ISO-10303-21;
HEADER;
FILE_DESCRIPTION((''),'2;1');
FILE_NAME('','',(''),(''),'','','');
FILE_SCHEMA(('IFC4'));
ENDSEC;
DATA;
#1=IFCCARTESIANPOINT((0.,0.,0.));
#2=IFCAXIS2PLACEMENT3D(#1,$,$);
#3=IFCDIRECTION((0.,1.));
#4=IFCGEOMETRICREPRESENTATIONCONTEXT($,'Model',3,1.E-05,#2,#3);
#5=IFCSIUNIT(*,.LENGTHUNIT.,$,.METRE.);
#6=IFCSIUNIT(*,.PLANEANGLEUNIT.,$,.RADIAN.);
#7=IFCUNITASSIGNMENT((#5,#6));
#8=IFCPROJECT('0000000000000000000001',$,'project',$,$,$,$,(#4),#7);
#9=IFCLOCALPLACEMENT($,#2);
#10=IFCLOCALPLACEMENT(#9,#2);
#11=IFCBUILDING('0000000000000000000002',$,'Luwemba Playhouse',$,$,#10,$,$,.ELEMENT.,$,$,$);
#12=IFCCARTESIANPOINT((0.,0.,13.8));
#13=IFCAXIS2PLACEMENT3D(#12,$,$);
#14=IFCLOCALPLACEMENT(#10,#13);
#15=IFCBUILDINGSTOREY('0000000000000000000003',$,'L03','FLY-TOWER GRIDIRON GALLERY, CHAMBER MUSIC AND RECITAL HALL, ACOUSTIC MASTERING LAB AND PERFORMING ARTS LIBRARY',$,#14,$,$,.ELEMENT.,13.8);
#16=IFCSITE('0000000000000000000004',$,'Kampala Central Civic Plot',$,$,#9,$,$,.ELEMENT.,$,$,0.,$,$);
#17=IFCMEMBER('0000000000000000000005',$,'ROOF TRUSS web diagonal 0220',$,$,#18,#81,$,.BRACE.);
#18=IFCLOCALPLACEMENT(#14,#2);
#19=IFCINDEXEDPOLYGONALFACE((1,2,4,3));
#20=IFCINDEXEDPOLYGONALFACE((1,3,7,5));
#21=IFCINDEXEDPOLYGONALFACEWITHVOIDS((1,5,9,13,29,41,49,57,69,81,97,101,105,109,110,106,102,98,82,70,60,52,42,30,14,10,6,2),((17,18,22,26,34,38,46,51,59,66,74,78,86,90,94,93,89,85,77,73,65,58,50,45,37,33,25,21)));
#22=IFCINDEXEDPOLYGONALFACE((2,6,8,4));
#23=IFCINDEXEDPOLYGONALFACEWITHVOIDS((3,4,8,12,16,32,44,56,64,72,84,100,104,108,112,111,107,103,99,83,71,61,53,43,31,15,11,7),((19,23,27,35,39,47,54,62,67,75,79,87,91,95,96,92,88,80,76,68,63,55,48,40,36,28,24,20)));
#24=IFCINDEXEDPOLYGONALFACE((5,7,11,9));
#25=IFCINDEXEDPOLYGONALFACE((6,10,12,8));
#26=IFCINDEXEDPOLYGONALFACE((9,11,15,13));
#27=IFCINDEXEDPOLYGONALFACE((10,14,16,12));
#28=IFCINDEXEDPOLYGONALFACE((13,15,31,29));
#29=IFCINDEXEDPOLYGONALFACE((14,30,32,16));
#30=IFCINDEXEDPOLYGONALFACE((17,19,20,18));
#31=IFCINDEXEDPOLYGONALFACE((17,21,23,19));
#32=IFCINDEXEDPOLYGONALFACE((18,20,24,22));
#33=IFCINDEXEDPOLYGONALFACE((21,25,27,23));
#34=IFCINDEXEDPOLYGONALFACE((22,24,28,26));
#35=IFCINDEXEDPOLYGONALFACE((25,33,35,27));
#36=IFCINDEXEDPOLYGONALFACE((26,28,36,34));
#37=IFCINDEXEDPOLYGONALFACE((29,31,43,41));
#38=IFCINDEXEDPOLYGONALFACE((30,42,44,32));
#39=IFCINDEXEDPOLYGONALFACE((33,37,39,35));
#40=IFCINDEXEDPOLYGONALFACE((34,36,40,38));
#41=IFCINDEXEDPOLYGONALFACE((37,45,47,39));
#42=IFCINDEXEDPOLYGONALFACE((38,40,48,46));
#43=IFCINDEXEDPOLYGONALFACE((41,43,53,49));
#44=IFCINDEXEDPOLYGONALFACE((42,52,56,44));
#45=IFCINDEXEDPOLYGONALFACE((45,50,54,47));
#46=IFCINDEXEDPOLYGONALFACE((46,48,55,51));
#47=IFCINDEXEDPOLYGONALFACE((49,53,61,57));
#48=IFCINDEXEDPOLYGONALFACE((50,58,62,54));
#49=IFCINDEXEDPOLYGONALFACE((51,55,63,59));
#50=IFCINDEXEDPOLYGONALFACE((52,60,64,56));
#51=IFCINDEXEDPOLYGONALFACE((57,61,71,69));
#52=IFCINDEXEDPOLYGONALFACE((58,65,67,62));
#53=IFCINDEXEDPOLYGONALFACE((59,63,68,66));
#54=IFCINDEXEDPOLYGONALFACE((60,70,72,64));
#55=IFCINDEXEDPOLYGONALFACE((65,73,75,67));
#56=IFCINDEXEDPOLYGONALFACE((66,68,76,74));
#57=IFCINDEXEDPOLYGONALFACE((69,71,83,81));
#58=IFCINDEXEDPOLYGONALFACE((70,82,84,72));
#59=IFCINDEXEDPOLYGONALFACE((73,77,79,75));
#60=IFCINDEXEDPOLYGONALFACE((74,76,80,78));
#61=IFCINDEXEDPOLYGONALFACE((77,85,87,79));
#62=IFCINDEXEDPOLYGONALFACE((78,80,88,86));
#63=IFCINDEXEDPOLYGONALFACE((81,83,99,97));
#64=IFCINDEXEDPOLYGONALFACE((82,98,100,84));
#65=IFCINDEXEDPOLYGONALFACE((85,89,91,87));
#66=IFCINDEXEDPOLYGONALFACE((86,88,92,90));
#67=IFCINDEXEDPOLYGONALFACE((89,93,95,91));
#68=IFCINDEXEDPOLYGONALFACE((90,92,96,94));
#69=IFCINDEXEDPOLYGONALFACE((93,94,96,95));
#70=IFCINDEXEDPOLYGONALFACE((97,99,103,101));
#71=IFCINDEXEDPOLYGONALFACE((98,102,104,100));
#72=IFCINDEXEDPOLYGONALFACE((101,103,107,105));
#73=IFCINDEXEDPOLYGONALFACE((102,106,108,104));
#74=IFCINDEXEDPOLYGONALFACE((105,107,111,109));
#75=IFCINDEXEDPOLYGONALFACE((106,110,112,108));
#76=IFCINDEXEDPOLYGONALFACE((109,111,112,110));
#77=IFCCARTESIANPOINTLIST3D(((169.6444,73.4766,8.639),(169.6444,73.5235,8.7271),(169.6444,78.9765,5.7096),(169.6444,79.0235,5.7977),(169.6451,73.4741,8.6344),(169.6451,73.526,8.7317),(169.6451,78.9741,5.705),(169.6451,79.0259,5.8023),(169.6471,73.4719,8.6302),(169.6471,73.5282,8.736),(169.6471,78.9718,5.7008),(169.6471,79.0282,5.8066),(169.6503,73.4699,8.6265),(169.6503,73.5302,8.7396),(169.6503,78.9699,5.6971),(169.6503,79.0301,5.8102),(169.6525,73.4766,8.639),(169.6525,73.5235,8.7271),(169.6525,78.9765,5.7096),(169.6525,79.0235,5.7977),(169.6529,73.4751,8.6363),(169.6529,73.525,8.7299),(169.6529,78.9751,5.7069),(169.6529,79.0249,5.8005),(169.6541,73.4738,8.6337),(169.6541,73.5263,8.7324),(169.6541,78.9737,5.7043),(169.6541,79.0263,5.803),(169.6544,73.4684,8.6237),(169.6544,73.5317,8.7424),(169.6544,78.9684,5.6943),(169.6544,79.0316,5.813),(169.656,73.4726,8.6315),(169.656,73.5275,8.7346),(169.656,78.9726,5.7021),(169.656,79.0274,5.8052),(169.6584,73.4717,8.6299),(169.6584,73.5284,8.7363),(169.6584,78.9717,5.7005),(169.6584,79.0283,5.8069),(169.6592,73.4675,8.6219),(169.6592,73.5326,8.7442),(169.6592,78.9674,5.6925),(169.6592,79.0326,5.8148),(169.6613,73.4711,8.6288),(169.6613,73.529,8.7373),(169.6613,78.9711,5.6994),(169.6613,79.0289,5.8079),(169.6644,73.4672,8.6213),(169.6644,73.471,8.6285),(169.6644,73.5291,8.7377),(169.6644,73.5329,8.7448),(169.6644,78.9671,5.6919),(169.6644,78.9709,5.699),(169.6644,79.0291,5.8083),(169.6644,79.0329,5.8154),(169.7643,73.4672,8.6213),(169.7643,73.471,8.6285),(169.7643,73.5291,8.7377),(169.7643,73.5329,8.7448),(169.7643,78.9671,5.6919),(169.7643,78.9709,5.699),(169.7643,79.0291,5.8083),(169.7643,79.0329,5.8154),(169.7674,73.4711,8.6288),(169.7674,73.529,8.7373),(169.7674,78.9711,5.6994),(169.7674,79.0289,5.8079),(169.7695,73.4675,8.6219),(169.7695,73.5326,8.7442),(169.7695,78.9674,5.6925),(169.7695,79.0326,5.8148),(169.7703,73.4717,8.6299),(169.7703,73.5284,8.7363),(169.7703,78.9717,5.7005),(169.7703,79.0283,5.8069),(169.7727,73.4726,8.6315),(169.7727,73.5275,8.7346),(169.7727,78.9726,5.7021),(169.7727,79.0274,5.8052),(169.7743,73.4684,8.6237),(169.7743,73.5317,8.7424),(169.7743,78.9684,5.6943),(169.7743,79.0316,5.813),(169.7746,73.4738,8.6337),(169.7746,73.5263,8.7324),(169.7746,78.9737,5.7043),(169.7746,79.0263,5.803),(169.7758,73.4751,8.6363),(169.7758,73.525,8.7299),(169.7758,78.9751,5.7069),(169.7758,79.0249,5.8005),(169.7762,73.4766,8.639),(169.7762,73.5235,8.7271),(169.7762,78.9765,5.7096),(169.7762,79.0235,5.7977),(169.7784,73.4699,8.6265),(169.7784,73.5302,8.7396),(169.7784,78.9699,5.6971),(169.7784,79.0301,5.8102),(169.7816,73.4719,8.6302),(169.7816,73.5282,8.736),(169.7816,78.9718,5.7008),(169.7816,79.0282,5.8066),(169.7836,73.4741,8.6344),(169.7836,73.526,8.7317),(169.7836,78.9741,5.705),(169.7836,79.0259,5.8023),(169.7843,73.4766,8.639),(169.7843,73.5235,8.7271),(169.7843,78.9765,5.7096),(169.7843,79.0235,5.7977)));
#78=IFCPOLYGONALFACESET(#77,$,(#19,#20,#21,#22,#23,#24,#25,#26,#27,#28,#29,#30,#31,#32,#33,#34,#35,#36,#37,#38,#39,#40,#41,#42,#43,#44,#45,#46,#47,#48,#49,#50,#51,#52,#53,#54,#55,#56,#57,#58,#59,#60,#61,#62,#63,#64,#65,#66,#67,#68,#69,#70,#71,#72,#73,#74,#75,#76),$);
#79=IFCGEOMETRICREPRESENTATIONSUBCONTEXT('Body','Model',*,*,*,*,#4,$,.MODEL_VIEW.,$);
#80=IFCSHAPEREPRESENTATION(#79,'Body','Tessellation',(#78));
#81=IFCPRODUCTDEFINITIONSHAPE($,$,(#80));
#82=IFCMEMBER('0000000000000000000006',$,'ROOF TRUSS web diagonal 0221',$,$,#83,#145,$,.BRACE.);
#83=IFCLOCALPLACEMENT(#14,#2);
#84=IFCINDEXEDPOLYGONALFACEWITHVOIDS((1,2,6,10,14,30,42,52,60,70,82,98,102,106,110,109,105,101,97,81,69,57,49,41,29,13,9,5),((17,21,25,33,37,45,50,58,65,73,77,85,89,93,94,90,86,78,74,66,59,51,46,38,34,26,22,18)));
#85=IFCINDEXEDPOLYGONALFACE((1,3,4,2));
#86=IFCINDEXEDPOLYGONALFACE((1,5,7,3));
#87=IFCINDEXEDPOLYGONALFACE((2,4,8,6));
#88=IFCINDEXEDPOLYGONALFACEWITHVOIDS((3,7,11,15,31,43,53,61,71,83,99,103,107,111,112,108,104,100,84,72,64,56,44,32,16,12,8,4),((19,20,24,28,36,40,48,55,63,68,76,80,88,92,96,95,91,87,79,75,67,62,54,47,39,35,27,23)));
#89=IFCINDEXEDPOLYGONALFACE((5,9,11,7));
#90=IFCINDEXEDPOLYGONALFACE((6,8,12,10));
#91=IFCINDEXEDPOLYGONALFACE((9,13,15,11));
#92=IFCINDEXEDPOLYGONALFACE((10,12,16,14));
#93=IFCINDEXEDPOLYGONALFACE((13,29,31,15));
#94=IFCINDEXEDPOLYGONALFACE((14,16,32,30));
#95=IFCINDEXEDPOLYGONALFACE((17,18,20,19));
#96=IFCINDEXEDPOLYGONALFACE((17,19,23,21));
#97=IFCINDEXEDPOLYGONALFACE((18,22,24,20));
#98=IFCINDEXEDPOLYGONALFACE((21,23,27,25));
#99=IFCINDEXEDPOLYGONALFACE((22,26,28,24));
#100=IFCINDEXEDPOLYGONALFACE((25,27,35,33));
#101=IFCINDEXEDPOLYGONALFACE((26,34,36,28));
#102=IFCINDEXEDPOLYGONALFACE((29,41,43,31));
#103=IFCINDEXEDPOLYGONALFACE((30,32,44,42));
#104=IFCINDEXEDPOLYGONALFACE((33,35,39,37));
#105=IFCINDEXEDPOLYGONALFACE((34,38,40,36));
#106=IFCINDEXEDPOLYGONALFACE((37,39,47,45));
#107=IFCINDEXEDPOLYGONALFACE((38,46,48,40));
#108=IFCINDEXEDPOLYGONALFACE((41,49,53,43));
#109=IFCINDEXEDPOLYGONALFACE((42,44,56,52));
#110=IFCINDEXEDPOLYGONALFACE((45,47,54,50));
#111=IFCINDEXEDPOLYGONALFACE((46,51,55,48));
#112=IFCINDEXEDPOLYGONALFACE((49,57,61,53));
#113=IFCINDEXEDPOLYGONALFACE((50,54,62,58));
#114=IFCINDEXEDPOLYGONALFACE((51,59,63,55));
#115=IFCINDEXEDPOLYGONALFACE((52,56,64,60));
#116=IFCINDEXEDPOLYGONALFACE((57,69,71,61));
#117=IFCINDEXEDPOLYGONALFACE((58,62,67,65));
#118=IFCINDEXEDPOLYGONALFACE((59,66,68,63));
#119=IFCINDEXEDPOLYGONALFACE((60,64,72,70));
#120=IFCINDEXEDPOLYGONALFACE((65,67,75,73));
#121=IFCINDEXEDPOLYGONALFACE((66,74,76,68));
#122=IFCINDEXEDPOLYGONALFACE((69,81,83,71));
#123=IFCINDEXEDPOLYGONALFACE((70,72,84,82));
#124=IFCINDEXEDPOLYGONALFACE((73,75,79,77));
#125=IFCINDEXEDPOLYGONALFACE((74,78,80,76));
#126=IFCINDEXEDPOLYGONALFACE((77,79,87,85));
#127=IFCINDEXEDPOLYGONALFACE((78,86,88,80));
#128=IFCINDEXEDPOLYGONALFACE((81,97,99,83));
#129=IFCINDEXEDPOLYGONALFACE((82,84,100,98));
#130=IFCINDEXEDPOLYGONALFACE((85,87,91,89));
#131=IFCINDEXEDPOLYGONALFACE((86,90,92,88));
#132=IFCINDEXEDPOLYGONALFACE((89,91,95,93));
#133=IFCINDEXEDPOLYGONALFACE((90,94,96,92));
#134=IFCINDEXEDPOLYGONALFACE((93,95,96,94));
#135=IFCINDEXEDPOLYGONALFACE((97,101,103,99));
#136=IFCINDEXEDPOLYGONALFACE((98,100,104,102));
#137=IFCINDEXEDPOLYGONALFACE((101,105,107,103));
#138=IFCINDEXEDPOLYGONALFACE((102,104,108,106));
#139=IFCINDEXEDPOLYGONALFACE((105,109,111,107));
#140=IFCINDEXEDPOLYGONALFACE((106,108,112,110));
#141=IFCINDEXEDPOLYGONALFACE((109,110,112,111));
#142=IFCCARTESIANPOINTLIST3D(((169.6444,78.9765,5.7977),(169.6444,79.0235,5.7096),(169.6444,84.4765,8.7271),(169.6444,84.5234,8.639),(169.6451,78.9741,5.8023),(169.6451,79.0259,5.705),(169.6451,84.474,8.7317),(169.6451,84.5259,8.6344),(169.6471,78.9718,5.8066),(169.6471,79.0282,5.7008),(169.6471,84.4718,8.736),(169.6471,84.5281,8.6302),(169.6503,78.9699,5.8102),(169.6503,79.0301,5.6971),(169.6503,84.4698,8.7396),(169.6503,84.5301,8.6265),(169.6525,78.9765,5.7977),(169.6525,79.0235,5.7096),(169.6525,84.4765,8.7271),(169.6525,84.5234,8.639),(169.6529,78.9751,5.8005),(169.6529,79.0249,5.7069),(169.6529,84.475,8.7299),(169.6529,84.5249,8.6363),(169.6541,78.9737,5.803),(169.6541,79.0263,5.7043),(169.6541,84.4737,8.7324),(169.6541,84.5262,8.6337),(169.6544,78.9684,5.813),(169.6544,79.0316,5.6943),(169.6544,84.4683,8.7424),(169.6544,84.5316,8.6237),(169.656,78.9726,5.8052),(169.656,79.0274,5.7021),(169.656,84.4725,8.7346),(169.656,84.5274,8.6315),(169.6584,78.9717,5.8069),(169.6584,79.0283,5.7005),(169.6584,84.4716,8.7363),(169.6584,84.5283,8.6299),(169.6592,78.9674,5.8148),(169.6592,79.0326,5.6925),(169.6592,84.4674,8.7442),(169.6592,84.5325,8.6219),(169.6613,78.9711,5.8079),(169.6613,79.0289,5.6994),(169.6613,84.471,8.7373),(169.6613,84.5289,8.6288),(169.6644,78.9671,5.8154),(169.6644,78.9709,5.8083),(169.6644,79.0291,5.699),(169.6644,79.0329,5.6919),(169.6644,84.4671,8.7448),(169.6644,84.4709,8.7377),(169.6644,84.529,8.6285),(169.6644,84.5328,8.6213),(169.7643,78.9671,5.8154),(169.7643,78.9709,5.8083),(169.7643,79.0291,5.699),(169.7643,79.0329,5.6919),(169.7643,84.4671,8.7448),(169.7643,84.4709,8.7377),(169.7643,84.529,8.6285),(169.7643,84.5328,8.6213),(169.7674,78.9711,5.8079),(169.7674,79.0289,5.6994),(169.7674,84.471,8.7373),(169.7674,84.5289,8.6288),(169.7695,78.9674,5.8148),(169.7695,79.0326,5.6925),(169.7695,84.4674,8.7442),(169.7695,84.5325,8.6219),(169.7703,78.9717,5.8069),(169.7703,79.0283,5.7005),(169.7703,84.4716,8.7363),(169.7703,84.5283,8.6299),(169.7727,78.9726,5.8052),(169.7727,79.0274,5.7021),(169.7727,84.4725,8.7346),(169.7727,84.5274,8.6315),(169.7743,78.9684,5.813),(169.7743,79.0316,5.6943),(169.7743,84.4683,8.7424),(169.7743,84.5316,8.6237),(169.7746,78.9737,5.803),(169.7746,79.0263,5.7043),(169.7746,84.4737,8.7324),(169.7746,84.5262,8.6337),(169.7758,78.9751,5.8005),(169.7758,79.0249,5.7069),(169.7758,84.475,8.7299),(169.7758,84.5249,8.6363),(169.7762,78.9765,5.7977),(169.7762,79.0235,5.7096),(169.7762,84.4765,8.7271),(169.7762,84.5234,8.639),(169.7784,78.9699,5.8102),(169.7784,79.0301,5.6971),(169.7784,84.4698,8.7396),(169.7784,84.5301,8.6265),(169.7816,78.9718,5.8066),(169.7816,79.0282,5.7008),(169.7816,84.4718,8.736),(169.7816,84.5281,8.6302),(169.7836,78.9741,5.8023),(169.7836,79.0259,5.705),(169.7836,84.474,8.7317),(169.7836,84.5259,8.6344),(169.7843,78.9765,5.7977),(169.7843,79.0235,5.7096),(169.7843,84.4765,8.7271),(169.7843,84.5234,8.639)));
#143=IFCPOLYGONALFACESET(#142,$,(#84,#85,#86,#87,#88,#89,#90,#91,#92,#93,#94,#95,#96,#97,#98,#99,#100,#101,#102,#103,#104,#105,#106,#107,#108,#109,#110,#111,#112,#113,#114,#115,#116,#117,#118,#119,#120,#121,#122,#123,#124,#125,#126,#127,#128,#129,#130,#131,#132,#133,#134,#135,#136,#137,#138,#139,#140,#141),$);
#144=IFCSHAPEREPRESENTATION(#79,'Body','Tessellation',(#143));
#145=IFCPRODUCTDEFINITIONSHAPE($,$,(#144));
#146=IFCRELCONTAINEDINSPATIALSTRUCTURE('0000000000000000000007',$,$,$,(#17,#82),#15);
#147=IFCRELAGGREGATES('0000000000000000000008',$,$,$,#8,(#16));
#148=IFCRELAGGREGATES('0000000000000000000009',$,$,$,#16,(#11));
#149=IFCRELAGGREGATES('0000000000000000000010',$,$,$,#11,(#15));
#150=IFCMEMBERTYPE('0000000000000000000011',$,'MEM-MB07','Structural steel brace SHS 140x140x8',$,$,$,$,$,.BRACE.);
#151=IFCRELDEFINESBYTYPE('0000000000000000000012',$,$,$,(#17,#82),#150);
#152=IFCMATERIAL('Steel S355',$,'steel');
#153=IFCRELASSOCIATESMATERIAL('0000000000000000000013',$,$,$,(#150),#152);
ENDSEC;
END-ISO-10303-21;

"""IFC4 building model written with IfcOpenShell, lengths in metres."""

from ifc_helpers import new_model, si_unit, direction, frame, origin, origin_2d, place, context, subcontext, project, spatial, hollow_rectangle, extrude, material, material_profile, profile_set, type_object, element, save


model = new_model("IFC4")

# Units and contexts
model_context = context("Model", 3, precision=1e-05, world=origin(), true_north=direction((0.0, 1.0)))
body_context = subcontext(model_context, "Body", "Model", "MODEL_VIEW")
ifc_project = project(units=[si_unit("LENGTHUNIT", "METRE"), si_unit("PLANEANGLEUNIT", "RADIAN")], contexts=[model_context])

# Site, building, storey
site_placement = place(None, origin())
site = spatial("IfcSite", under=ifc_project, at=site_placement, Name="Kampala Central Civic Plot", CompositionType="ELEMENT", RefElevation=0.0)
building_placement = place(site_placement, origin())
building = spatial("IfcBuilding", under=site, at=building_placement, Name="Luwemba Playhouse", CompositionType="ELEMENT")
storey_placement = place(building_placement, frame((0.0, 0.0, 13.8)))
storey = spatial("IfcBuildingStorey", under=building, at=storey_placement, Name="L03", Description="FLY-TOWER GRIDIRON GALLERY, CHAMBER MUSIC AND RECITAL HALL, ACOUSTIC MASTERING LAB AND PERFORMING ARTS LIBRARY", CompositionType="ELEMENT", Elevation=13.8)

# Shared definitions
ifc_material_1 = material(Name="Steel S355", Category="steel")

# Members
ifc_material_profile_1 = material_profile(ifc_material_1, hollow_rectangle(XDim=0.1399, YDim=0.1399, WallThickness=0.0081, InnerFilletRadius=0.012, OuterFilletRadius=0.02, at=origin_2d()))
ifc_profile_set_1 = profile_set([ifc_material_profile_1], Name="Steel S355")
member_type_1 = type_object("IfcMemberType", Name="MEM-MB07", Description="Structural steel brace SHS 140x140x8", PredefinedType="BRACE", material=ifc_profile_set_1)
for number, where, z_axis, x_axis, name in (
    (1, (169.7144, 79.0, 5.7537), (0.0, -0.882612, 0.470102), (1.0, 0.0, 0.0), "ROOF TRUSS web diagonal 0220"),
    (2, (169.7144, 79.0, 5.7537), (0.0, 0.882612, 0.470102), (-1.0, 0.0, 0.0), "ROOF TRUSS web diagonal 0221"),
):
    element("IfcMember", number, at=place(storey_placement, frame(where, z_axis=z_axis, x_axis=x_axis)), inside=storey, type_object=member_type_1, Name=name, PredefinedType="BRACE", context=body_context, shape_type="SweptSolid", body=[
        extrude(hollow_rectangle(XDim=0.1399, YDim=0.1399, WallThickness=0.0081, InnerFilletRadius=0.012, OuterFilletRadius=0.02, at=origin_2d()), origin(), (0.0, 0.0, 1.0), 6.2314),
    ])

save(model, "model.ifc")
